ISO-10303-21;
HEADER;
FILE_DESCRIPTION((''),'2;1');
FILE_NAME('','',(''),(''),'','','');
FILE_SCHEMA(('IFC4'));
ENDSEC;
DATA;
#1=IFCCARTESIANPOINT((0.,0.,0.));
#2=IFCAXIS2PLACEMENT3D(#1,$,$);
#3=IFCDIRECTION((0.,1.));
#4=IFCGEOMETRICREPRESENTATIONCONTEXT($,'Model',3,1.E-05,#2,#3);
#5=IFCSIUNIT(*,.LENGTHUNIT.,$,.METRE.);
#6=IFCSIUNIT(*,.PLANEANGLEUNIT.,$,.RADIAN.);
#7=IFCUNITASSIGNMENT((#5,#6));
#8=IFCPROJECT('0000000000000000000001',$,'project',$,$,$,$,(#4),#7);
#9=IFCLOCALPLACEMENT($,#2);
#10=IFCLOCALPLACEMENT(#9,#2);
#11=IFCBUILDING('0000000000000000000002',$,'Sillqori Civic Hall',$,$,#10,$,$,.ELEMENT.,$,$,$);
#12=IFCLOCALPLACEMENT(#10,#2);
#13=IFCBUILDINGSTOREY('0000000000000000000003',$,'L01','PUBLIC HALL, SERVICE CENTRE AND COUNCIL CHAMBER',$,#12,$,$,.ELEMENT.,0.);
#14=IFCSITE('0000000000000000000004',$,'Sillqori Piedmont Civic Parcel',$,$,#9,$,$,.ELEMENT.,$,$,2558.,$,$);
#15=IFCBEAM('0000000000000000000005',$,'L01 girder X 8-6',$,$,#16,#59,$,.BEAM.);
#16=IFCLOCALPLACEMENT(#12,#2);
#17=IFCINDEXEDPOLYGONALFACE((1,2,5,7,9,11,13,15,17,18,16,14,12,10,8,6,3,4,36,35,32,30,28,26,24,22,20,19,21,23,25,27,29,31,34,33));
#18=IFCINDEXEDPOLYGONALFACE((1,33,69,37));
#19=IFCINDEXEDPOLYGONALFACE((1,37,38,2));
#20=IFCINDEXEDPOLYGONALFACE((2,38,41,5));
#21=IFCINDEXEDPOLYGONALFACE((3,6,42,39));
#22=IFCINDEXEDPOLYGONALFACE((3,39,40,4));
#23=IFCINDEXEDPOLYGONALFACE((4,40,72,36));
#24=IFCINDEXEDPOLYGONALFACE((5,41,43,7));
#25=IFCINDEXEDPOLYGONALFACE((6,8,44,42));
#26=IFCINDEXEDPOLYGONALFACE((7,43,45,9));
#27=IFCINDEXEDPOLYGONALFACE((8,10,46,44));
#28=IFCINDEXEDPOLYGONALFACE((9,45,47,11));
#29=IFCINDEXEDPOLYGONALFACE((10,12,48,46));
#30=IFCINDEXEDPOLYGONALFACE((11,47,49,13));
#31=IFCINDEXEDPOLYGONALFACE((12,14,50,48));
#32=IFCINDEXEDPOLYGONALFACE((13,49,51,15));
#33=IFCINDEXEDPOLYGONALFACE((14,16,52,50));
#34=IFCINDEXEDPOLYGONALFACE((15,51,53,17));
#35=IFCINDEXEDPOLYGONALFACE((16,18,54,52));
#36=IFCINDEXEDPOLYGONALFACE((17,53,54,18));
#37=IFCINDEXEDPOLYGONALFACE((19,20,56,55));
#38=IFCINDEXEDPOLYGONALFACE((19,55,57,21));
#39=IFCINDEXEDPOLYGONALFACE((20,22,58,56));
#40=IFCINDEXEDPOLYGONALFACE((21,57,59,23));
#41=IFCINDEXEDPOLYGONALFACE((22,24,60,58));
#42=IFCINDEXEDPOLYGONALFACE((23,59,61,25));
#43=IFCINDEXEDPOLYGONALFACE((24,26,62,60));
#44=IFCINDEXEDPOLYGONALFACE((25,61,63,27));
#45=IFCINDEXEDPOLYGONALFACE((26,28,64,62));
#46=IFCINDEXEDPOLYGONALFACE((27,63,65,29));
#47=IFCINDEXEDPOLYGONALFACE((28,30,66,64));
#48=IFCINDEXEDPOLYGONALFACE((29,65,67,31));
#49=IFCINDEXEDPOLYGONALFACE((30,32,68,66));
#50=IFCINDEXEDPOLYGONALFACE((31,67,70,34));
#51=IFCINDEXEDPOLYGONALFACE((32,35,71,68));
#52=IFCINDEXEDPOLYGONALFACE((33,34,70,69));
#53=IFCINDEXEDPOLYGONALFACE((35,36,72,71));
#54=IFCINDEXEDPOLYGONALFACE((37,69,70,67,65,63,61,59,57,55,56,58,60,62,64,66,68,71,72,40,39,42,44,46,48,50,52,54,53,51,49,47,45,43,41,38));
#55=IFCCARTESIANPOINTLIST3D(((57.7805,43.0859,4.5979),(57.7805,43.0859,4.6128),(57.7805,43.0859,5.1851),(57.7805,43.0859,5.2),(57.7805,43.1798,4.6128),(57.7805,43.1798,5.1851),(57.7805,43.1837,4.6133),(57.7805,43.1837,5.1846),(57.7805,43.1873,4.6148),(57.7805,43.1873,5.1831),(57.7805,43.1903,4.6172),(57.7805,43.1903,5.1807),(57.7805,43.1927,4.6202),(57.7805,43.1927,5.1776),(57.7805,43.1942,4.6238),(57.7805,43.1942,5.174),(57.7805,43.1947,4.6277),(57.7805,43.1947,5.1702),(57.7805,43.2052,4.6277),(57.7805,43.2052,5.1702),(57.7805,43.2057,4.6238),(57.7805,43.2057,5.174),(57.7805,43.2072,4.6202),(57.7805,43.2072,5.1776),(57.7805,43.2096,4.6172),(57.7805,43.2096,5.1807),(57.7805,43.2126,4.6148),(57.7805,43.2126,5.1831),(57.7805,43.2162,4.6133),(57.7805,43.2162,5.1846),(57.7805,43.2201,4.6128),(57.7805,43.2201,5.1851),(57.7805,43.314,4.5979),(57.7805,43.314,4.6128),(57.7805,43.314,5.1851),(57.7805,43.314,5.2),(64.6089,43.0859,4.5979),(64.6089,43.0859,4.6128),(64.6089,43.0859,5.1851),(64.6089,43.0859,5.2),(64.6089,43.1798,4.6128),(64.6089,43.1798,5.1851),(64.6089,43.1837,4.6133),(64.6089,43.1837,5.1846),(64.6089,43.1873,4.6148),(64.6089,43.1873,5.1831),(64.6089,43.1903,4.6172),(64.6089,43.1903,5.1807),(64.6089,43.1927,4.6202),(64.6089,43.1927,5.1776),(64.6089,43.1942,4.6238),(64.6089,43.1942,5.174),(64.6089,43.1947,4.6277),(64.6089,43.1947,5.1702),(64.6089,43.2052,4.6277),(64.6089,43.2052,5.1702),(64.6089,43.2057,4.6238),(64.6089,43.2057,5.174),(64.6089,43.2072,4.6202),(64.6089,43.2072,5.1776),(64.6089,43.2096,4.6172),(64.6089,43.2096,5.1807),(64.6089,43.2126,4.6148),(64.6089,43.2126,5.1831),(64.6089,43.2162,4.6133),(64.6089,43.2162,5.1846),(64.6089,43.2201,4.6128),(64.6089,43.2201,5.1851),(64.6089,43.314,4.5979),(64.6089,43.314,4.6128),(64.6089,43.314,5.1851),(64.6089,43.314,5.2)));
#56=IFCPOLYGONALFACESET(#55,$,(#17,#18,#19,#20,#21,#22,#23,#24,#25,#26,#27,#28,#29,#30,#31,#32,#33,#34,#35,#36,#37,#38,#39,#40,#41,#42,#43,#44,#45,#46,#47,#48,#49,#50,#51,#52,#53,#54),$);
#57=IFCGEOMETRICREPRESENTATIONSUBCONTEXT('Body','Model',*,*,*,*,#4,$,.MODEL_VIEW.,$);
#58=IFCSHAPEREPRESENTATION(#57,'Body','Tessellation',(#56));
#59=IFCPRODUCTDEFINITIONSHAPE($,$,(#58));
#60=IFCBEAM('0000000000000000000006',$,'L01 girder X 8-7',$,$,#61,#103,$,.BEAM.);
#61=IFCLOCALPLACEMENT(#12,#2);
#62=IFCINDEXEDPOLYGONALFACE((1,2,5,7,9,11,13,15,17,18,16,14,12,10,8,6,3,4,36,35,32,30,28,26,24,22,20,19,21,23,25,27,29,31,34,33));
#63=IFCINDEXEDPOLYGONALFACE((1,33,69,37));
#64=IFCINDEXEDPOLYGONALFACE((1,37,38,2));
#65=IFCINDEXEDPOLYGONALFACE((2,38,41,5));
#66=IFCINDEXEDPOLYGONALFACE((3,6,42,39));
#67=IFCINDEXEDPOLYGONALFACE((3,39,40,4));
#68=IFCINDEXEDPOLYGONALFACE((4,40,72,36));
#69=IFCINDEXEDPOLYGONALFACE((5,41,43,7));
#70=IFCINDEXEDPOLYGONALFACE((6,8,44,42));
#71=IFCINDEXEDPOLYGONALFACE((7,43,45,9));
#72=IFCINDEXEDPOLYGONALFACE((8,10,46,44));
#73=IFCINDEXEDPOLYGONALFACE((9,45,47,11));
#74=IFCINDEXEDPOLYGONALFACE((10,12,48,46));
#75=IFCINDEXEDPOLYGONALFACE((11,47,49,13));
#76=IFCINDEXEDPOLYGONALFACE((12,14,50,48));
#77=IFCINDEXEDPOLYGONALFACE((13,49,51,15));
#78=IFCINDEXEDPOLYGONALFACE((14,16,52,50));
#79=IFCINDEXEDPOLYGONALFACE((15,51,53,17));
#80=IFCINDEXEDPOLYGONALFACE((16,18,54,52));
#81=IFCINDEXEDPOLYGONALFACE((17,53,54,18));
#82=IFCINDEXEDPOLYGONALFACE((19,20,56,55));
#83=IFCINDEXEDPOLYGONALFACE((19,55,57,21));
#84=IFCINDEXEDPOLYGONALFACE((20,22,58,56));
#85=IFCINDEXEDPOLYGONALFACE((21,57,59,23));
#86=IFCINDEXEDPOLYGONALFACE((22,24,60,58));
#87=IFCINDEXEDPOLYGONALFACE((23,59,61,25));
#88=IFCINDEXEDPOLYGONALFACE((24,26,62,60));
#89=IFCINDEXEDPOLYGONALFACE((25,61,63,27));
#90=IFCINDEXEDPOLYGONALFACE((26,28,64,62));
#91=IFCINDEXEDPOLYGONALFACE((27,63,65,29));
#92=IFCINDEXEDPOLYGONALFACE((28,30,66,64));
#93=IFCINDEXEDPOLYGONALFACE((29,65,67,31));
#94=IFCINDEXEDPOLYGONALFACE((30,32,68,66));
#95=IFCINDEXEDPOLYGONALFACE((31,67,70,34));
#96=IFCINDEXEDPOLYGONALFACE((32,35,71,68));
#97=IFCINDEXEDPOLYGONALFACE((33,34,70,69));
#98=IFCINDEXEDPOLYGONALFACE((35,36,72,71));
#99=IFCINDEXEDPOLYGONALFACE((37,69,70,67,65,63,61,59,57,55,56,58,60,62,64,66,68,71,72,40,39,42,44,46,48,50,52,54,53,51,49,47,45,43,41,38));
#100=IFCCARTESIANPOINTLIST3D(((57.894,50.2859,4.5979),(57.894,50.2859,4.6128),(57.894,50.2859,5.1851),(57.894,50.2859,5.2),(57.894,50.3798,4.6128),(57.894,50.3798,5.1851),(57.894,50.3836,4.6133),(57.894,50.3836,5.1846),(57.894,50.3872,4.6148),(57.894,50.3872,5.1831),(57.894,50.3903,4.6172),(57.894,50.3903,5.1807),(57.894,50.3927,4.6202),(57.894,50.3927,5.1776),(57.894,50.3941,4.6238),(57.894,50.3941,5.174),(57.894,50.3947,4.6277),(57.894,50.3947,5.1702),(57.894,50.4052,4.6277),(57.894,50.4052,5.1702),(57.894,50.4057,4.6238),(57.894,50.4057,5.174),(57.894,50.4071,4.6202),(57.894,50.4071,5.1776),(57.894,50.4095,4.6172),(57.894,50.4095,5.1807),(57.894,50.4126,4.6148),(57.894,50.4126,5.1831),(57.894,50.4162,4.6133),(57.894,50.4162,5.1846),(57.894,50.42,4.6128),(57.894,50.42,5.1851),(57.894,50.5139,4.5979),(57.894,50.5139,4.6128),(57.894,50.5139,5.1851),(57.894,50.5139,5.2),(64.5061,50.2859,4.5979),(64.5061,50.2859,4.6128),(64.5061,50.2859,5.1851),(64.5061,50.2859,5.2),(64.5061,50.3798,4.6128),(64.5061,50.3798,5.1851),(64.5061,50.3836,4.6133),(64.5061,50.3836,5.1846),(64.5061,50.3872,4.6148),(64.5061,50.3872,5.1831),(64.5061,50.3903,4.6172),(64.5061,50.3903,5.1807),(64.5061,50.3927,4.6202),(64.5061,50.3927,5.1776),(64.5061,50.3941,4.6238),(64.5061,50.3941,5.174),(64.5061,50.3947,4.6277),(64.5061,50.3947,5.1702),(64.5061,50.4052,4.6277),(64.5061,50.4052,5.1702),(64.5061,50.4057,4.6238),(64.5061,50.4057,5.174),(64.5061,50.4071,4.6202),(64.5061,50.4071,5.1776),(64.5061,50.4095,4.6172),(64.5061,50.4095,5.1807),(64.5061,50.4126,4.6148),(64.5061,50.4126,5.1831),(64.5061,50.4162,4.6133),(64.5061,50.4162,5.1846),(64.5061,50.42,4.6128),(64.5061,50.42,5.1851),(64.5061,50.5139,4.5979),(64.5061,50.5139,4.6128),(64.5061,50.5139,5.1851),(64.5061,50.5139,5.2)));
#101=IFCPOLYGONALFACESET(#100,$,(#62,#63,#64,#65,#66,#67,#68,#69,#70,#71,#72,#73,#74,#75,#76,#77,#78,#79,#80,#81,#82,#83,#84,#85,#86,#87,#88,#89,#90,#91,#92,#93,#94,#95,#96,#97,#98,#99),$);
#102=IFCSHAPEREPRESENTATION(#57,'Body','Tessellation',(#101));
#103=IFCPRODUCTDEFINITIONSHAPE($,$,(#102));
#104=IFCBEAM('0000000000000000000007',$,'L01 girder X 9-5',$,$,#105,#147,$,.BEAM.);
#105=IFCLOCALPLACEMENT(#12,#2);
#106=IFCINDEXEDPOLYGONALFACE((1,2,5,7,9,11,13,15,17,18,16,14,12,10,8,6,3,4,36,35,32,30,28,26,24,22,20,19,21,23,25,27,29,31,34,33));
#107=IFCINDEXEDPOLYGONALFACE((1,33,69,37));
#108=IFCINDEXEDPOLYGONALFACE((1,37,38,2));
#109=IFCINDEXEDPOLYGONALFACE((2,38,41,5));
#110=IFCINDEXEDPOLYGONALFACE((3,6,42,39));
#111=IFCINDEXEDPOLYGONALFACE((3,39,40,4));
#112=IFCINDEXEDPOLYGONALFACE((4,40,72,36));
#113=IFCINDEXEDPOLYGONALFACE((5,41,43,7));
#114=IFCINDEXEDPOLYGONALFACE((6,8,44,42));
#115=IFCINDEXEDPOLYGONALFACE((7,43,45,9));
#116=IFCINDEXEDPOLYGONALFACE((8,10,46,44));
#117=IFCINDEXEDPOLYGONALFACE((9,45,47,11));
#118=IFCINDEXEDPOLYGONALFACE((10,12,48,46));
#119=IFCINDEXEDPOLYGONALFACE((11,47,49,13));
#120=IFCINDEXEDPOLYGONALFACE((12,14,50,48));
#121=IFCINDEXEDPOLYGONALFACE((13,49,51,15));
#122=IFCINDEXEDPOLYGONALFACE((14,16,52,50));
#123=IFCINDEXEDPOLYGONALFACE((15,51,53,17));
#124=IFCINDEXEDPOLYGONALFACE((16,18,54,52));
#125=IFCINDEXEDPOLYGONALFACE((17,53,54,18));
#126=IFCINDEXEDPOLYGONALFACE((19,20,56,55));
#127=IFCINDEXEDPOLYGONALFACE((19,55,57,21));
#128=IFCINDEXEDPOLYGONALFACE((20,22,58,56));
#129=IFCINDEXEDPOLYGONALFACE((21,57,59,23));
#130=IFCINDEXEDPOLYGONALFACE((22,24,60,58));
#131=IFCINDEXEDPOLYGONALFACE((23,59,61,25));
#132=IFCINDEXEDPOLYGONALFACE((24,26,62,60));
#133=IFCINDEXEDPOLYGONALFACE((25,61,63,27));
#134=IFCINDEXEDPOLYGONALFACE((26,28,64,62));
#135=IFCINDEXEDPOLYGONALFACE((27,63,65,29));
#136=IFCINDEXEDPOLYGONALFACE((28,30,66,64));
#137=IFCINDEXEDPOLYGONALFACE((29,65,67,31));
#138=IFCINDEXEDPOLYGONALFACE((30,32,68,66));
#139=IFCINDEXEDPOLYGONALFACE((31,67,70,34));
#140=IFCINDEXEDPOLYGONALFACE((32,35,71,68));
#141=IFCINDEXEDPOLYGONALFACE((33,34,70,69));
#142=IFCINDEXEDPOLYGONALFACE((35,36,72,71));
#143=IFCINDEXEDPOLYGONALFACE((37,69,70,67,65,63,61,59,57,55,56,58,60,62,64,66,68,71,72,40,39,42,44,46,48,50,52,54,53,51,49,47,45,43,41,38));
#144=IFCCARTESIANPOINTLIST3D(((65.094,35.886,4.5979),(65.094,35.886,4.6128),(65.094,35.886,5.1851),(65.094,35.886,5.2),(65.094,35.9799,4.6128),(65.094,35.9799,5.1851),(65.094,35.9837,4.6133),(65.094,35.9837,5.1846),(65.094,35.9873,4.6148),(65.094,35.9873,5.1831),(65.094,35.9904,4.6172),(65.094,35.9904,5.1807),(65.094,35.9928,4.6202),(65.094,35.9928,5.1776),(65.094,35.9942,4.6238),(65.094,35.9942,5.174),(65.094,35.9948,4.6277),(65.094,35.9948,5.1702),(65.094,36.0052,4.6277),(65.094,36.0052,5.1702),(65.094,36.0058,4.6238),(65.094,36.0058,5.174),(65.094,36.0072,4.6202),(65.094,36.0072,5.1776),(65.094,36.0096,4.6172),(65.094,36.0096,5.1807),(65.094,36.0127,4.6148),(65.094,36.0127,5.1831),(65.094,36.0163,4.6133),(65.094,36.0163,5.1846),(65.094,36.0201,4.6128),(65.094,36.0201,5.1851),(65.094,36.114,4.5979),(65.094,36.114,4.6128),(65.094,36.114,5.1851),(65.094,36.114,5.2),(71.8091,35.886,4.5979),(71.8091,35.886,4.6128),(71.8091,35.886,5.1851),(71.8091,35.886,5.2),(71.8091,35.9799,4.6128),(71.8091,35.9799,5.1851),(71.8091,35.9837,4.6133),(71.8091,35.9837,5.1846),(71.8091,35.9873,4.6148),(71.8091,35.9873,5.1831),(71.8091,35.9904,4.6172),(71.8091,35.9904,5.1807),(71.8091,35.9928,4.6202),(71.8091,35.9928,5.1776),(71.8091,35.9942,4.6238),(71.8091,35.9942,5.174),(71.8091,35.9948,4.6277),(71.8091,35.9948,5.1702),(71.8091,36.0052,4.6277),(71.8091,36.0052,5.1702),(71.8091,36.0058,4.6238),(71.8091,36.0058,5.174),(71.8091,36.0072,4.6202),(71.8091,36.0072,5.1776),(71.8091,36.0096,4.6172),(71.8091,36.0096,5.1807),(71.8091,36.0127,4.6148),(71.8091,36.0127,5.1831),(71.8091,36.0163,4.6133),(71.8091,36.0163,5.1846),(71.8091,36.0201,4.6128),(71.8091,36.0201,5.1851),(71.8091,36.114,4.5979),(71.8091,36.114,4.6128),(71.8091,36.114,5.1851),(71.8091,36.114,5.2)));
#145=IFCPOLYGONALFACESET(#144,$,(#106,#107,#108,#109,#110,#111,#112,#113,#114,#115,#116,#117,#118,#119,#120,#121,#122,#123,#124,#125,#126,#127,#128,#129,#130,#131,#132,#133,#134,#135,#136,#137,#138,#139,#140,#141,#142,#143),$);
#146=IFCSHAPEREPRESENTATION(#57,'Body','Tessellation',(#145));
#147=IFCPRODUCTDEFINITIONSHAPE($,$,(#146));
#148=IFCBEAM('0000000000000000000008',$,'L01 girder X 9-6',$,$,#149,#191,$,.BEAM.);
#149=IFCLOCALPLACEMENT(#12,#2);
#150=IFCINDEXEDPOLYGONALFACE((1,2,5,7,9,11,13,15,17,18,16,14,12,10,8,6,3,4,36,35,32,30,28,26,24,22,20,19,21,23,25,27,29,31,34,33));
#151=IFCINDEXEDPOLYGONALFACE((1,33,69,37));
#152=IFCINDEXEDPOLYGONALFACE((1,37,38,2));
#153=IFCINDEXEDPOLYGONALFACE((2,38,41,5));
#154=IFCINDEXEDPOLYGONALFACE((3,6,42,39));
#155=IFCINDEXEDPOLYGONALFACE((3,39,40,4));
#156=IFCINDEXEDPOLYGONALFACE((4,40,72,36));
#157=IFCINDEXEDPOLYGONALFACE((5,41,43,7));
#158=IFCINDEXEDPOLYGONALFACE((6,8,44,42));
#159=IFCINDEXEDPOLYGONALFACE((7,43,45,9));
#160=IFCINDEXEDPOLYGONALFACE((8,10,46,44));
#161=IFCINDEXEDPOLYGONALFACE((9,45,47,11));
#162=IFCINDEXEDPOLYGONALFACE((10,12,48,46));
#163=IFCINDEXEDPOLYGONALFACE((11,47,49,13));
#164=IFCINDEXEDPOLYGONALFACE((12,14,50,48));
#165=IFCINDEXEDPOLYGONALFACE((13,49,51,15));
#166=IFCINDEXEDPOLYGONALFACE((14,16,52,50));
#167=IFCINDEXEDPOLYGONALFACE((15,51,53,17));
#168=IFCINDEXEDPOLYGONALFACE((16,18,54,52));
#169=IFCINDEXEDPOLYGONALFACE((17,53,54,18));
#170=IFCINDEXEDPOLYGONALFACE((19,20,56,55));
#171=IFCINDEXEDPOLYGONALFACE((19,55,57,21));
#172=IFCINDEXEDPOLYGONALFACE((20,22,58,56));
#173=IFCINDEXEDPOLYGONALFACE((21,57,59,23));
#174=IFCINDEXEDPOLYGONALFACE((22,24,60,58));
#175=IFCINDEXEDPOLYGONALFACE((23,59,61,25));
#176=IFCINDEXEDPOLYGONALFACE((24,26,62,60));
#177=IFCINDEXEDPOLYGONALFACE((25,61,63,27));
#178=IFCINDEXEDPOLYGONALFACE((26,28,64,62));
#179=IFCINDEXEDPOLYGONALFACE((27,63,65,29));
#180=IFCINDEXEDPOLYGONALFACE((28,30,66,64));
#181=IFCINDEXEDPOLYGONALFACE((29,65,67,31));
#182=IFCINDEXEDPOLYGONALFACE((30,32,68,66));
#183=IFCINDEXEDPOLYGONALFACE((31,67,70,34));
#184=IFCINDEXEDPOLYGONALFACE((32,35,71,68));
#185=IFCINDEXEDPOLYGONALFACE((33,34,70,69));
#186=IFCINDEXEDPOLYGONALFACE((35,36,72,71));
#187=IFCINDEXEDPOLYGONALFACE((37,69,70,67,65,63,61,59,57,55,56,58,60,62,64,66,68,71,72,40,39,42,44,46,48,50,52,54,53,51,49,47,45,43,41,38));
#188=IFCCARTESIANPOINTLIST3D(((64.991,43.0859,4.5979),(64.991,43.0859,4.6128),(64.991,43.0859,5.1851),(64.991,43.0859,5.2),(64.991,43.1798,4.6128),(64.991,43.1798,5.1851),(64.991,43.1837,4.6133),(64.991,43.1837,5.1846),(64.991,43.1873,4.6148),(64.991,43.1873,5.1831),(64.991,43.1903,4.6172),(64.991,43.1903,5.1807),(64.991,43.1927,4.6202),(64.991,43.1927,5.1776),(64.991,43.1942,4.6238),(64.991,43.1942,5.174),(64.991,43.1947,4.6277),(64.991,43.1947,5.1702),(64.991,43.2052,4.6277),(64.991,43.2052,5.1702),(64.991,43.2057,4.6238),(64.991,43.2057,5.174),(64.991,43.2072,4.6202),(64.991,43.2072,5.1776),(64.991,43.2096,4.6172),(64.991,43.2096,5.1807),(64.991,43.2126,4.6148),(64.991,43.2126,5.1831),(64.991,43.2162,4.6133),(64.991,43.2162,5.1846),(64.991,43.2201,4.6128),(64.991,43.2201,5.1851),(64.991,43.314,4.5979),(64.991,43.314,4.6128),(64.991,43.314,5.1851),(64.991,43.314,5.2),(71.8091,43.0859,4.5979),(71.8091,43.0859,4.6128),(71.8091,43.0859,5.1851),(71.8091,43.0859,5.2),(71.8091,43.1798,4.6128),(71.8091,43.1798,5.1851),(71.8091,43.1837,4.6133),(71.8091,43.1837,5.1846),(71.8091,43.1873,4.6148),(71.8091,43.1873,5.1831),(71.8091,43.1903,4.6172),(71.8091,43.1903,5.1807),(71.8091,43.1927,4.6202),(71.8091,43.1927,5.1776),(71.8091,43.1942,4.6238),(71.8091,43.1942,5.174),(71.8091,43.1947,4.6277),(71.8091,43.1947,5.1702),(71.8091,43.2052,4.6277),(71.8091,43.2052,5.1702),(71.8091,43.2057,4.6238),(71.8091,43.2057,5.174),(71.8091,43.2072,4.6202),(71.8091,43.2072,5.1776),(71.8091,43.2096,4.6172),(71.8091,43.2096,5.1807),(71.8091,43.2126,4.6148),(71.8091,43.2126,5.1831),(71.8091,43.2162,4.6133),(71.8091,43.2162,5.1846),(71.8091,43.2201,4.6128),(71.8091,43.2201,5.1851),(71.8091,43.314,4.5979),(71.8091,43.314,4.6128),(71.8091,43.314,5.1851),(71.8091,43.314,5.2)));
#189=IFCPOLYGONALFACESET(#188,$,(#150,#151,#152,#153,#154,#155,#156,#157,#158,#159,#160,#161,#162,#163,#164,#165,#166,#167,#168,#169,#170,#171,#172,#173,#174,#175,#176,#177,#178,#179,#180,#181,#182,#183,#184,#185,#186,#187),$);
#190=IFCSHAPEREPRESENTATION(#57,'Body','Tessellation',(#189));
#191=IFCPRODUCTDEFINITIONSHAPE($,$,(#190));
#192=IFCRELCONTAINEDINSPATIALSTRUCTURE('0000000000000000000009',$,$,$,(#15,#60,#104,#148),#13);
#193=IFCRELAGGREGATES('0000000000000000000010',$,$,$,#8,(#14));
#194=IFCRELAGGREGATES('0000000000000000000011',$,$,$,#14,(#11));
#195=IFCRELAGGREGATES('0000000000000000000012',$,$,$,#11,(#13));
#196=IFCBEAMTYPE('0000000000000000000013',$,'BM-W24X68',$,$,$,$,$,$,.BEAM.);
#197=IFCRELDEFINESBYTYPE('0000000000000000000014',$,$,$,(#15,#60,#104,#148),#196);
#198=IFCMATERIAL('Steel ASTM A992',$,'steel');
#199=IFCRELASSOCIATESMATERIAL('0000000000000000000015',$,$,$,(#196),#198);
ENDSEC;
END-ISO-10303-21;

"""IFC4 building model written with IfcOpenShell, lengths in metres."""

from ifc_helpers import new_model, si_unit, direction, frame, origin, origin_2d, place, context, subcontext, project, spatial, i_section, extrude, material, material_profile, profile_set, type_object, element, save


model = new_model("IFC4")

# Units and contexts
model_context = context("Model", 3, precision=1e-05, world=origin(), true_north=direction((0.0, 1.0)))
body_context = subcontext(model_context, "Body", "Model", "MODEL_VIEW")
ifc_project = project(units=[si_unit("LENGTHUNIT", "METRE"), si_unit("PLANEANGLEUNIT", "RADIAN")], contexts=[model_context])

# Site, building, storey
site_placement = place(None, origin())
site = spatial("IfcSite", under=ifc_project, at=site_placement, Name="Sillqori Piedmont Civic Parcel", CompositionType="ELEMENT", RefElevation=2558.0)
building_placement = place(site_placement, origin())
building = spatial("IfcBuilding", under=site, at=building_placement, Name="Sillqori Civic Hall", CompositionType="ELEMENT")
storey_placement = place(building_placement, origin())
storey = spatial("IfcBuildingStorey", under=building, at=storey_placement, Name="L01", Description="PUBLIC HALL, SERVICE CENTRE AND COUNCIL CHAMBER", CompositionType="ELEMENT", Elevation=0.0)

# Shared definitions
ifc_material_1 = material(Name="Steel ASTM A992", Category="steel")

# Beams
ifc_material_profile_1 = material_profile(ifc_material_1, i_section(OverallWidth=0.228, OverallDepth=0.6021, WebThickness=0.0105, FlangeThickness=0.0149, FilletRadius=0.0149, at=origin_2d()), Name="W24X68")
ifc_profile_set_1 = profile_set([ifc_material_profile_1], Name="Steel ASTM A992")
beam_type_1 = type_object("IfcBeamType", Name="BM-W24X68", PredefinedType="BEAM", material=ifc_profile_set_1)
beam_1_placement = place(storey_placement, frame((57.7805, 43.2, 4.8989), z_axis=(1.0, 0.0, 0.0), x_axis=(0.0, 1.0, 0.0)))
element("IfcBeam", 1, at=beam_1_placement, inside=storey, type_object=beam_type_1, Name="L01 girder X 8-6", PredefinedType="BEAM", context=body_context, shape_type="SweptSolid", body=[
    extrude(i_section(OverallWidth=0.228, OverallDepth=0.6021, WebThickness=0.0105, FlangeThickness=0.0149, FilletRadius=0.0149, at=origin_2d()), origin(), (0.0, 0.0, 1.0), 6.8284),
])
beam_2_placement = place(storey_placement, frame((57.894, 50.3999, 4.8989), z_axis=(1.0, 0.0, 0.0), x_axis=(0.0, 1.0, 0.0)))
element("IfcBeam", 2, at=beam_2_placement, inside=storey, type_object=beam_type_1, Name="L01 girder X 8-7", PredefinedType="BEAM", context=body_context, shape_type="SweptSolid", body=[
    extrude(i_section(OverallWidth=0.228, OverallDepth=0.6021, WebThickness=0.0105, FlangeThickness=0.0149, FilletRadius=0.0149, at=origin_2d()), origin(), (0.0, 0.0, 1.0), 6.6121),
])
beam_3_placement = place(storey_placement, frame((65.094, 36.0, 4.8989), z_axis=(1.0, 0.0, 0.0), x_axis=(0.0, 1.0, 0.0)))
element("IfcBeam", 3, at=beam_3_placement, inside=storey, type_object=beam_type_1, Name="L01 girder X 9-5", PredefinedType="BEAM", context=body_context, shape_type="SweptSolid", body=[
    extrude(i_section(OverallWidth=0.228, OverallDepth=0.6021, WebThickness=0.0105, FlangeThickness=0.0149, FilletRadius=0.0149, at=origin_2d()), origin(), (0.0, 0.0, 1.0), 6.7151),
])
beam_4_placement = place(storey_placement, frame((64.991, 43.2, 4.8989), z_axis=(1.0, 0.0, 0.0), x_axis=(0.0, 1.0, 0.0)))
element("IfcBeam", 4, at=beam_4_placement, inside=storey, type_object=beam_type_1, Name="L01 girder X 9-6", PredefinedType="BEAM", context=body_context, shape_type="SweptSolid", body=[
    extrude(i_section(OverallWidth=0.228, OverallDepth=0.6021, WebThickness=0.0105, FlangeThickness=0.0149, FilletRadius=0.0149, at=origin_2d()), origin(), (0.0, 0.0, 1.0), 6.8181),
])

save(model, "model.ifc")
